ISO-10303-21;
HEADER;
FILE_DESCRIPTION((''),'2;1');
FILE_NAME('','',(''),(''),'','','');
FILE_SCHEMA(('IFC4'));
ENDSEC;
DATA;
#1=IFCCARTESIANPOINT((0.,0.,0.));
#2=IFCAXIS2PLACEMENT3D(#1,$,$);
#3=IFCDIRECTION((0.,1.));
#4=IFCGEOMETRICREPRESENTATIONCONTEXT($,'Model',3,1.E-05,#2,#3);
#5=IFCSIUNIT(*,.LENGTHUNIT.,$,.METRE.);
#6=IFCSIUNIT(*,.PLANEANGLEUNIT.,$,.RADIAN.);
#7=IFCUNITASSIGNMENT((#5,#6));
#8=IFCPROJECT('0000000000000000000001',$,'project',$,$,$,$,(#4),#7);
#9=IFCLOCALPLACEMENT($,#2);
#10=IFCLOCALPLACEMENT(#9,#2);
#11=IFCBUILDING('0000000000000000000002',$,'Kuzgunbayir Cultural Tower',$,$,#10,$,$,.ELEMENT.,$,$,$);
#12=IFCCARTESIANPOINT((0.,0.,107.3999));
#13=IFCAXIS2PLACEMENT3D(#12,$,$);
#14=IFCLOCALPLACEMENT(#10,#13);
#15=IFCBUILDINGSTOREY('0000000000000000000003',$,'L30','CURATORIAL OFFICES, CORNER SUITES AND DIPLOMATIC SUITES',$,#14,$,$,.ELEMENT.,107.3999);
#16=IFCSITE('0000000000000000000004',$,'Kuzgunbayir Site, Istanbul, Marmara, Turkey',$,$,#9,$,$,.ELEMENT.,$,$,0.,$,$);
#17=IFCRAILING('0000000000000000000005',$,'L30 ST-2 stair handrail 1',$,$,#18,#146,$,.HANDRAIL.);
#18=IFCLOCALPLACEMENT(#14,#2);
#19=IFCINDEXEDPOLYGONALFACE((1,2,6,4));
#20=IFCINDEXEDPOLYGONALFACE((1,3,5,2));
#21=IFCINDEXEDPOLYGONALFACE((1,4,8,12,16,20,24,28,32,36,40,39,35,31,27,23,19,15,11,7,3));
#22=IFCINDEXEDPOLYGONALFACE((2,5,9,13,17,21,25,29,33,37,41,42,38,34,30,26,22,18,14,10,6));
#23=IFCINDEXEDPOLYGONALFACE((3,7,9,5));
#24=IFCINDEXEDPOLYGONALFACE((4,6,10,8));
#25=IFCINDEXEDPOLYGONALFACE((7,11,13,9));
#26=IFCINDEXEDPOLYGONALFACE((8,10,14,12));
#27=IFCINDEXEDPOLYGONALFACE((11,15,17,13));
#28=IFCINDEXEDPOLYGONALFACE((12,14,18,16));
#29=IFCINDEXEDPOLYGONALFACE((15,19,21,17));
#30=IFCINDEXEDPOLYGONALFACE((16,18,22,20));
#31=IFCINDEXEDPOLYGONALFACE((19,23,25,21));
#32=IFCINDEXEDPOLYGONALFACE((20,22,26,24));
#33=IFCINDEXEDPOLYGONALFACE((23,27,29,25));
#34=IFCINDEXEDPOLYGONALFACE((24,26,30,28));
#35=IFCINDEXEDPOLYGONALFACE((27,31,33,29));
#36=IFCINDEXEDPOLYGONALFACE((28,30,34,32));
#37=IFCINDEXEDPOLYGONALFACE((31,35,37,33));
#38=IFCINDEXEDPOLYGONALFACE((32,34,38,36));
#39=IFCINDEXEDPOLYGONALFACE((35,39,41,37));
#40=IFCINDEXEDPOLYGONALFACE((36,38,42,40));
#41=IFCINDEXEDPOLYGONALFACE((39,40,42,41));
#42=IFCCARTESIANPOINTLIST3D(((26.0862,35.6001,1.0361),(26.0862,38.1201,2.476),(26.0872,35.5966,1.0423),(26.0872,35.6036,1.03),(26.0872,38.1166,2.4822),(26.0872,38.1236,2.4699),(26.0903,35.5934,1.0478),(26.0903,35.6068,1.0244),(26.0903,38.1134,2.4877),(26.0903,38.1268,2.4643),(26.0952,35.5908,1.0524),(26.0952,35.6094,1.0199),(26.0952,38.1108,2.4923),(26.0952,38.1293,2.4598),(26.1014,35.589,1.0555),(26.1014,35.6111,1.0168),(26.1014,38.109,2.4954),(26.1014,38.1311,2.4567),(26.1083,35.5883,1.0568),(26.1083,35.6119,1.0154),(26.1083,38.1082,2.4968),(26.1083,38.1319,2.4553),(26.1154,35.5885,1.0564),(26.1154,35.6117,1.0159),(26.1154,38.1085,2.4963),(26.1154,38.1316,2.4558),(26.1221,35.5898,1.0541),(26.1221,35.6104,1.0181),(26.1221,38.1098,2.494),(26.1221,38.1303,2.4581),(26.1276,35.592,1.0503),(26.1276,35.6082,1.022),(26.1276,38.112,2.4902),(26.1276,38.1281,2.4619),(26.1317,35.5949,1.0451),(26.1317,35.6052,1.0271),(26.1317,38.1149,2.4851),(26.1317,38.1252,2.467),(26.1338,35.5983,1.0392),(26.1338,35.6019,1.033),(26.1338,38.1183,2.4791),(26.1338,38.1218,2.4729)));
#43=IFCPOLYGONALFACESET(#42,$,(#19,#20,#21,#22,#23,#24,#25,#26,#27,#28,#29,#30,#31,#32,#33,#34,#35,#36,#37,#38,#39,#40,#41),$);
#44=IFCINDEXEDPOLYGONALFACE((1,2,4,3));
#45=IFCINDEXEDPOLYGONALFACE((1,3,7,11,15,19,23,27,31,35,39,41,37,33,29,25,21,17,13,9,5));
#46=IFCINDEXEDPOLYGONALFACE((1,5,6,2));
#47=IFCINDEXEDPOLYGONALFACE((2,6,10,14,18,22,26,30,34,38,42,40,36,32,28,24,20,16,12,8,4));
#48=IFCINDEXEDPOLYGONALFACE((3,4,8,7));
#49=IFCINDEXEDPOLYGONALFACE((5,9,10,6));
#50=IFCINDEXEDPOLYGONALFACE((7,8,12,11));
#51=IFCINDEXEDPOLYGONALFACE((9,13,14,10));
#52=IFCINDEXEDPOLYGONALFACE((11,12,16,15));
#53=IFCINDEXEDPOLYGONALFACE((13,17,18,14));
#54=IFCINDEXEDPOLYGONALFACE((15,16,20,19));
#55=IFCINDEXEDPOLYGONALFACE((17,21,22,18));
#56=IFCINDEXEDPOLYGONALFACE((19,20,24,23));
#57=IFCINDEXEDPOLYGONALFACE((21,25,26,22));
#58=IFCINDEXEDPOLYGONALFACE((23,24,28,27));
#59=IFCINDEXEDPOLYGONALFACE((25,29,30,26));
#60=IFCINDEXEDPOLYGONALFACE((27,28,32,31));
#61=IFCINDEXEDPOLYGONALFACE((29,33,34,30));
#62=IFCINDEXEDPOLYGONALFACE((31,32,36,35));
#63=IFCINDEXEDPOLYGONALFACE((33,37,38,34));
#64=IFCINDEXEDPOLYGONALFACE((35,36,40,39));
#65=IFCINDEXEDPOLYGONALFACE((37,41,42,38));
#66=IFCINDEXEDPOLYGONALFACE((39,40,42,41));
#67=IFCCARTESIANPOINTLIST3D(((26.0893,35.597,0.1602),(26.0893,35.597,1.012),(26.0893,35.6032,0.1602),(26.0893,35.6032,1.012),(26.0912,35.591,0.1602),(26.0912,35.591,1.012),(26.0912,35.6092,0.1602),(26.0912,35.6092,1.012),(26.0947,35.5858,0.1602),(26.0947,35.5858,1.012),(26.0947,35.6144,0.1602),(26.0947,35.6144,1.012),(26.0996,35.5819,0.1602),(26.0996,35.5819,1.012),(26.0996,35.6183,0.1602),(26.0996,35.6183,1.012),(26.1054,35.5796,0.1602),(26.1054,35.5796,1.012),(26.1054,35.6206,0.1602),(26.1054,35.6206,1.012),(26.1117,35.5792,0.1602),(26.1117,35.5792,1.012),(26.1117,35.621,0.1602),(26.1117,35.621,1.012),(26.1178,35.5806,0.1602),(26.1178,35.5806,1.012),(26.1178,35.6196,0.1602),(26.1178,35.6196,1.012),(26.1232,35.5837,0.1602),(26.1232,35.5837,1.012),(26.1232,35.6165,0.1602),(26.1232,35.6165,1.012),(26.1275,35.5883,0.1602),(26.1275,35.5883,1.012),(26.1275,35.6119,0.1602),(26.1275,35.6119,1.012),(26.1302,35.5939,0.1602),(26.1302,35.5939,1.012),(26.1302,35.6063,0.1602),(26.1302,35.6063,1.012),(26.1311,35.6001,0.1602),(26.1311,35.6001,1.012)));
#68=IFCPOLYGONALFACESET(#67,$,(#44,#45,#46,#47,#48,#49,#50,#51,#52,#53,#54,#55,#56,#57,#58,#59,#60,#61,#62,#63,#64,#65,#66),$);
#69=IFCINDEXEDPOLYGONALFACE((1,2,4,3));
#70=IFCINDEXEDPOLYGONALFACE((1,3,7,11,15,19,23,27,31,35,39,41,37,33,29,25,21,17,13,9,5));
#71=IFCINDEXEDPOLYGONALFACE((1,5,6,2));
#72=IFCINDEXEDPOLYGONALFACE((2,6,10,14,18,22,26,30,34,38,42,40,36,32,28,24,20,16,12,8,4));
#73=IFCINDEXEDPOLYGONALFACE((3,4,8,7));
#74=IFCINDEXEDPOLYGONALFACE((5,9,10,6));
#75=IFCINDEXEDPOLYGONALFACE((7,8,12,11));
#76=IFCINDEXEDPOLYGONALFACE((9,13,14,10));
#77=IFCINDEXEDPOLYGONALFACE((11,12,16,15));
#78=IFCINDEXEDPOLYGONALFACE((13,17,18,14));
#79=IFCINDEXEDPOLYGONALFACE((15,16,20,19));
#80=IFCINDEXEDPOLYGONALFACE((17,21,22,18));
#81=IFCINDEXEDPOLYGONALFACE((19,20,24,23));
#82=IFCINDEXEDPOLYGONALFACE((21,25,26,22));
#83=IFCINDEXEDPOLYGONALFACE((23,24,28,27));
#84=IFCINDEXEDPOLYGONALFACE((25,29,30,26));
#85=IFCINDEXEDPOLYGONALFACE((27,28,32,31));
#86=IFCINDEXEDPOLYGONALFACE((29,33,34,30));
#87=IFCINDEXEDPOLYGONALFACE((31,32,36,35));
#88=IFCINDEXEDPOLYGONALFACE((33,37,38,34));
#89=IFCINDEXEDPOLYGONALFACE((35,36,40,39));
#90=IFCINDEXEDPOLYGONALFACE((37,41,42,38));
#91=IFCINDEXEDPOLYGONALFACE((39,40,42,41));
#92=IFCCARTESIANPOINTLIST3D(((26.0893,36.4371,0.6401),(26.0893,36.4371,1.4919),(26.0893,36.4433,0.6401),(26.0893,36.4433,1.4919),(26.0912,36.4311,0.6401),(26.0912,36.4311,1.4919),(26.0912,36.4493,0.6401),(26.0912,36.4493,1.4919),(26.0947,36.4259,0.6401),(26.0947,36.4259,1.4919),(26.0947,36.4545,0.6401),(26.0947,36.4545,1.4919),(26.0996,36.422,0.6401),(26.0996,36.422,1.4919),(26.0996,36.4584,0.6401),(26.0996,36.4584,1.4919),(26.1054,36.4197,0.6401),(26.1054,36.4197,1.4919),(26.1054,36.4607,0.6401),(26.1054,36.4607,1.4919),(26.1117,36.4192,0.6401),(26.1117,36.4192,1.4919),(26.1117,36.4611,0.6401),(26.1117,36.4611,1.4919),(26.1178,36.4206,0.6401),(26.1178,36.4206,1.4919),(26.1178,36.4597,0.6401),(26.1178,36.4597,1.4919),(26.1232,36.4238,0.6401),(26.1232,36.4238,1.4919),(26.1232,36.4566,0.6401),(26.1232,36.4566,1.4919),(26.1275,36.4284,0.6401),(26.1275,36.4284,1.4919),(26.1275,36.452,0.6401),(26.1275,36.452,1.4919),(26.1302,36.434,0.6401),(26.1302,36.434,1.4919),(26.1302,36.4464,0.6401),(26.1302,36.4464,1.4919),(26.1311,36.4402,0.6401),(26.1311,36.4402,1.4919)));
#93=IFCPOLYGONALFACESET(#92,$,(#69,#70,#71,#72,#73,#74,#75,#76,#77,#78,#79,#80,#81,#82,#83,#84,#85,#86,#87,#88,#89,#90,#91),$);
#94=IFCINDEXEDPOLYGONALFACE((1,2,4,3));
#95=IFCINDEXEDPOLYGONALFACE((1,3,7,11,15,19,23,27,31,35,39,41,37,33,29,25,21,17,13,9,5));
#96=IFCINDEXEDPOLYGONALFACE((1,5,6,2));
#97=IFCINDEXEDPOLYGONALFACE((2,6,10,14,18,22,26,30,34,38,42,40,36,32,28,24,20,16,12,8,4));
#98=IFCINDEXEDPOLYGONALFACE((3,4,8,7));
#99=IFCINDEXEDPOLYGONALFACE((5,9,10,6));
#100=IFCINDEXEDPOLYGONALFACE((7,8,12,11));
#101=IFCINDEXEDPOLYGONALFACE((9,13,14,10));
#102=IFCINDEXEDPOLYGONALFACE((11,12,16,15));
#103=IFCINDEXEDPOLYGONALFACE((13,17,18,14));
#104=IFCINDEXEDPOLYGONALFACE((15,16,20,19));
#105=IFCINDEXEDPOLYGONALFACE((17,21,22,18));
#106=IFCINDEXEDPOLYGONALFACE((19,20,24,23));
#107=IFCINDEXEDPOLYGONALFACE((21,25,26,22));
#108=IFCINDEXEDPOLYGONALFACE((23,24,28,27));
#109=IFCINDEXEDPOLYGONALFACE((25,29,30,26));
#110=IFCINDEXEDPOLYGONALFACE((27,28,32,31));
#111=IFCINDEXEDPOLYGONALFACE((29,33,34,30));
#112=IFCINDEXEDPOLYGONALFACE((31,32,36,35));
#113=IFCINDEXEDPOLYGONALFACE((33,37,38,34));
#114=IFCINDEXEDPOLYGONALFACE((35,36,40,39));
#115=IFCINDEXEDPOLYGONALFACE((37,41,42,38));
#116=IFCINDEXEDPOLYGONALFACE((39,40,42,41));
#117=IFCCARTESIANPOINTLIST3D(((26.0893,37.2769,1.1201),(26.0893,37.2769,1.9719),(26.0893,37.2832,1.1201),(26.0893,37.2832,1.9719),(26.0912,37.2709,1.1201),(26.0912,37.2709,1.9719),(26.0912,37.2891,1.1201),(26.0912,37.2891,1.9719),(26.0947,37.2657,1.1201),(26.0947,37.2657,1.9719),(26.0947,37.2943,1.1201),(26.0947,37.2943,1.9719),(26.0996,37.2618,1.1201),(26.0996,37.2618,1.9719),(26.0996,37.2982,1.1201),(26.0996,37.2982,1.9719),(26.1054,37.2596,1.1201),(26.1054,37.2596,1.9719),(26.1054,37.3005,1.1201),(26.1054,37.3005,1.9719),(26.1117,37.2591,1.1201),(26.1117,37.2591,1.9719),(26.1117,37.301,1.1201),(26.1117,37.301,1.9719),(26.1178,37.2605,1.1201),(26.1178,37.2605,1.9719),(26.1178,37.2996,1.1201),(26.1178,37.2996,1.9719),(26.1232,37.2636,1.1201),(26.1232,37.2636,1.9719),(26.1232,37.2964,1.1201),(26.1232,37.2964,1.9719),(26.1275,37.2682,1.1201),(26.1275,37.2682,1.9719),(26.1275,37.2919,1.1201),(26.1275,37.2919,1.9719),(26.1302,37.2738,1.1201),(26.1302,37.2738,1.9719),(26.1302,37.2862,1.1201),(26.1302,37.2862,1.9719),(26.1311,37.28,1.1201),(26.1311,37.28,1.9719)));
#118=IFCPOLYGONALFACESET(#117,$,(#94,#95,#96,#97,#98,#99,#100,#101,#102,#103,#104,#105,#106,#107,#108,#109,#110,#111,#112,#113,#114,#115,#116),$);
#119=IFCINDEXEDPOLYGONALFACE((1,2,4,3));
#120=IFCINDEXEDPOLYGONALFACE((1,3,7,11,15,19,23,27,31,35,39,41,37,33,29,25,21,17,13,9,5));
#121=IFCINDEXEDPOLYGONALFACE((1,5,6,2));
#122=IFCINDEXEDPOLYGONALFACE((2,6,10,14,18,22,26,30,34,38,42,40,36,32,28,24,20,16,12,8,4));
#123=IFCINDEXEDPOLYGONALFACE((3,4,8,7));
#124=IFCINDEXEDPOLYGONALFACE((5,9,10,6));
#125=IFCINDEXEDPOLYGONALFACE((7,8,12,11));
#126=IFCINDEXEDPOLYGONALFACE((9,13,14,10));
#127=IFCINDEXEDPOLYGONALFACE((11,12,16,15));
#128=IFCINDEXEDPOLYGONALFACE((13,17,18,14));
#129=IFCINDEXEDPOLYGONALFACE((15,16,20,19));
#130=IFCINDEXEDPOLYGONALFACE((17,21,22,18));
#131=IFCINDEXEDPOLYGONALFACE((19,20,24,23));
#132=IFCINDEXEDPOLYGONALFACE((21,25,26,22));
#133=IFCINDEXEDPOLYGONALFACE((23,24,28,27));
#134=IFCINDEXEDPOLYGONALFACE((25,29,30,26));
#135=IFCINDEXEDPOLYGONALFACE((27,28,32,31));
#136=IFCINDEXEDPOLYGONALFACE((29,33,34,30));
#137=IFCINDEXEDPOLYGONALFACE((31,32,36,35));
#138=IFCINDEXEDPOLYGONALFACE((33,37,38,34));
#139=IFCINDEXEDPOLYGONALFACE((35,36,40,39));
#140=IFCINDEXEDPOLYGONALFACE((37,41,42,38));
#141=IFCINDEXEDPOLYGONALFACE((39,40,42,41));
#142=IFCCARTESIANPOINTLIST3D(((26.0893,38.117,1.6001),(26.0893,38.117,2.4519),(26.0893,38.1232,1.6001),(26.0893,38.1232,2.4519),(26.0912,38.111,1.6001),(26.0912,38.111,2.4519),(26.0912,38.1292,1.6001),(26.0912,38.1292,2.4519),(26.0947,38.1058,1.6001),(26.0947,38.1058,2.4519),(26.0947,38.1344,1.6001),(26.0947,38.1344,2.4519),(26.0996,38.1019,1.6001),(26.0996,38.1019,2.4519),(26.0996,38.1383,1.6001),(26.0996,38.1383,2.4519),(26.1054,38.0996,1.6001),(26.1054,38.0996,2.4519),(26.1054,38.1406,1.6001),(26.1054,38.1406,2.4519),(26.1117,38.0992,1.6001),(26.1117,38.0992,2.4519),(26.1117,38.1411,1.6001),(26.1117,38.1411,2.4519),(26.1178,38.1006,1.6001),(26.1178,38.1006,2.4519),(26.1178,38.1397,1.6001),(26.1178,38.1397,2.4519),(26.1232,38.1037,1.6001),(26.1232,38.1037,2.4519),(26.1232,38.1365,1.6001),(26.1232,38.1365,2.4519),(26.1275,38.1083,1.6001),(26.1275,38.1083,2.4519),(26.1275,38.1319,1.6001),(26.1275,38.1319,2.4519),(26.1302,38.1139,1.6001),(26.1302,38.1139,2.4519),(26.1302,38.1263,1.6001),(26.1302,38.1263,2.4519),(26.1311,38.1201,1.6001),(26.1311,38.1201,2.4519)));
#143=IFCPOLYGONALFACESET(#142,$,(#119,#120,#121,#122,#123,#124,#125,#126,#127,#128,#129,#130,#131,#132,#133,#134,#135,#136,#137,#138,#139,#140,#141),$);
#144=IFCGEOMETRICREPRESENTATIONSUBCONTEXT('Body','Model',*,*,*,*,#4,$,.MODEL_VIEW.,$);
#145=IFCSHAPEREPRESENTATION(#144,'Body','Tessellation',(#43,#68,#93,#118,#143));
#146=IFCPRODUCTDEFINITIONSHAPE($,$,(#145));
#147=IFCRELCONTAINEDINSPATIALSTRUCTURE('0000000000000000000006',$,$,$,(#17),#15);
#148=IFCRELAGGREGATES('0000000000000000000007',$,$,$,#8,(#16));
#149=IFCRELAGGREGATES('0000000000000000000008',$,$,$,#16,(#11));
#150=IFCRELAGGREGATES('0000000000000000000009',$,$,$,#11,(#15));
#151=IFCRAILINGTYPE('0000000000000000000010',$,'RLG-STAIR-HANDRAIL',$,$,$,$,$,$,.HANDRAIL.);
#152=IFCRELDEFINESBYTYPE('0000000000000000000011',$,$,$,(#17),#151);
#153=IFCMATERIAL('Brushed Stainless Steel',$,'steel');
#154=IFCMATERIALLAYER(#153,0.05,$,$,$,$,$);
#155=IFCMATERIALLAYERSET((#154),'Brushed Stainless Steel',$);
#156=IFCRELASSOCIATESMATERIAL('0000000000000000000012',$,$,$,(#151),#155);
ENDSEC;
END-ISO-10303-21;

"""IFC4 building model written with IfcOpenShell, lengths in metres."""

from ifc_helpers import new_model, si_unit, direction, frame, origin, origin_2d, place, context, subcontext, project, spatial, circle, extrude, material, layer, layer_set, type_object, element, save


model = new_model("IFC4")

# Units and contexts
model_context = context("Model", 3, precision=1e-05, world=origin(), true_north=direction((0.0, 1.0)))
body_context = subcontext(model_context, "Body", "Model", "MODEL_VIEW")
ifc_project = project(units=[si_unit("LENGTHUNIT", "METRE"), si_unit("PLANEANGLEUNIT", "RADIAN")], contexts=[model_context])

# Site, building, storey
site_placement = place(None, origin())
site = spatial("IfcSite", under=ifc_project, at=site_placement, Name="Kuzgunbayir Site, Istanbul, Marmara, Turkey", CompositionType="ELEMENT", RefElevation=0.0)
building_placement = place(site_placement, origin())
building = spatial("IfcBuilding", under=site, at=building_placement, Name="Kuzgunbayir Cultural Tower", CompositionType="ELEMENT")
storey_placement = place(building_placement, frame((0.0, 0.0, 107.3999)))
storey = spatial("IfcBuildingStorey", under=building, at=storey_placement, Name="L30", Description="CURATORIAL OFFICES, CORNER SUITES AND DIPLOMATIC SUITES", CompositionType="ELEMENT", Elevation=107.3999)

# Shared definitions
ifc_material_1 = material(Name="Brushed Stainless Steel", Category="steel")

# Railing
ifc_layer_1 = layer(ifc_material_1, 0.05)
ifc_layer_set_1 = layer_set([ifc_layer_1], Name="Brushed Stainless Steel")
railing_type_1 = type_object("IfcRailingType", Name="RLG-STAIR-HANDRAIL", PredefinedType="HANDRAIL", material=ifc_layer_set_1)
railing_1_placement = place(storey_placement, frame((26.1101, 35.6001, 0.1602)))
element("IfcRailing", 1, at=railing_1_placement, inside=storey, type_object=railing_type_1, Name="L30 ST-2 stair handrail 1", PredefinedType="HANDRAIL", context=body_context, shape_type="SweptSolid", body=[
    extrude(circle(Radius=0.0239, at=origin_2d()), frame((0.0, 0.0, 0.876), z_axis=(0.0, 0.868253, 0.496121), x_axis=(-1.0, 0.0, 0.0)), (0.0, 0.0, 1.0), 2.9023),
    extrude(circle(Radius=0.021, at=origin_2d()), origin(), (0.0, 0.0, 1.0), 0.8518),
    extrude(circle(Radius=0.021, at=origin_2d()), frame((0.0, 0.8401, 0.48)), (0.0, 0.0, 1.0), 0.8518),
    extrude(circle(Radius=0.021, at=origin_2d()), frame((0.0, 1.6799, 0.96)), (0.0, 0.0, 1.0), 0.8518),
    extrude(circle(Radius=0.021, at=origin_2d()), frame((0.0, 2.52, 1.4399)), (0.0, 0.0, 1.0), 0.8518),
])

save(model, "model.ifc")
